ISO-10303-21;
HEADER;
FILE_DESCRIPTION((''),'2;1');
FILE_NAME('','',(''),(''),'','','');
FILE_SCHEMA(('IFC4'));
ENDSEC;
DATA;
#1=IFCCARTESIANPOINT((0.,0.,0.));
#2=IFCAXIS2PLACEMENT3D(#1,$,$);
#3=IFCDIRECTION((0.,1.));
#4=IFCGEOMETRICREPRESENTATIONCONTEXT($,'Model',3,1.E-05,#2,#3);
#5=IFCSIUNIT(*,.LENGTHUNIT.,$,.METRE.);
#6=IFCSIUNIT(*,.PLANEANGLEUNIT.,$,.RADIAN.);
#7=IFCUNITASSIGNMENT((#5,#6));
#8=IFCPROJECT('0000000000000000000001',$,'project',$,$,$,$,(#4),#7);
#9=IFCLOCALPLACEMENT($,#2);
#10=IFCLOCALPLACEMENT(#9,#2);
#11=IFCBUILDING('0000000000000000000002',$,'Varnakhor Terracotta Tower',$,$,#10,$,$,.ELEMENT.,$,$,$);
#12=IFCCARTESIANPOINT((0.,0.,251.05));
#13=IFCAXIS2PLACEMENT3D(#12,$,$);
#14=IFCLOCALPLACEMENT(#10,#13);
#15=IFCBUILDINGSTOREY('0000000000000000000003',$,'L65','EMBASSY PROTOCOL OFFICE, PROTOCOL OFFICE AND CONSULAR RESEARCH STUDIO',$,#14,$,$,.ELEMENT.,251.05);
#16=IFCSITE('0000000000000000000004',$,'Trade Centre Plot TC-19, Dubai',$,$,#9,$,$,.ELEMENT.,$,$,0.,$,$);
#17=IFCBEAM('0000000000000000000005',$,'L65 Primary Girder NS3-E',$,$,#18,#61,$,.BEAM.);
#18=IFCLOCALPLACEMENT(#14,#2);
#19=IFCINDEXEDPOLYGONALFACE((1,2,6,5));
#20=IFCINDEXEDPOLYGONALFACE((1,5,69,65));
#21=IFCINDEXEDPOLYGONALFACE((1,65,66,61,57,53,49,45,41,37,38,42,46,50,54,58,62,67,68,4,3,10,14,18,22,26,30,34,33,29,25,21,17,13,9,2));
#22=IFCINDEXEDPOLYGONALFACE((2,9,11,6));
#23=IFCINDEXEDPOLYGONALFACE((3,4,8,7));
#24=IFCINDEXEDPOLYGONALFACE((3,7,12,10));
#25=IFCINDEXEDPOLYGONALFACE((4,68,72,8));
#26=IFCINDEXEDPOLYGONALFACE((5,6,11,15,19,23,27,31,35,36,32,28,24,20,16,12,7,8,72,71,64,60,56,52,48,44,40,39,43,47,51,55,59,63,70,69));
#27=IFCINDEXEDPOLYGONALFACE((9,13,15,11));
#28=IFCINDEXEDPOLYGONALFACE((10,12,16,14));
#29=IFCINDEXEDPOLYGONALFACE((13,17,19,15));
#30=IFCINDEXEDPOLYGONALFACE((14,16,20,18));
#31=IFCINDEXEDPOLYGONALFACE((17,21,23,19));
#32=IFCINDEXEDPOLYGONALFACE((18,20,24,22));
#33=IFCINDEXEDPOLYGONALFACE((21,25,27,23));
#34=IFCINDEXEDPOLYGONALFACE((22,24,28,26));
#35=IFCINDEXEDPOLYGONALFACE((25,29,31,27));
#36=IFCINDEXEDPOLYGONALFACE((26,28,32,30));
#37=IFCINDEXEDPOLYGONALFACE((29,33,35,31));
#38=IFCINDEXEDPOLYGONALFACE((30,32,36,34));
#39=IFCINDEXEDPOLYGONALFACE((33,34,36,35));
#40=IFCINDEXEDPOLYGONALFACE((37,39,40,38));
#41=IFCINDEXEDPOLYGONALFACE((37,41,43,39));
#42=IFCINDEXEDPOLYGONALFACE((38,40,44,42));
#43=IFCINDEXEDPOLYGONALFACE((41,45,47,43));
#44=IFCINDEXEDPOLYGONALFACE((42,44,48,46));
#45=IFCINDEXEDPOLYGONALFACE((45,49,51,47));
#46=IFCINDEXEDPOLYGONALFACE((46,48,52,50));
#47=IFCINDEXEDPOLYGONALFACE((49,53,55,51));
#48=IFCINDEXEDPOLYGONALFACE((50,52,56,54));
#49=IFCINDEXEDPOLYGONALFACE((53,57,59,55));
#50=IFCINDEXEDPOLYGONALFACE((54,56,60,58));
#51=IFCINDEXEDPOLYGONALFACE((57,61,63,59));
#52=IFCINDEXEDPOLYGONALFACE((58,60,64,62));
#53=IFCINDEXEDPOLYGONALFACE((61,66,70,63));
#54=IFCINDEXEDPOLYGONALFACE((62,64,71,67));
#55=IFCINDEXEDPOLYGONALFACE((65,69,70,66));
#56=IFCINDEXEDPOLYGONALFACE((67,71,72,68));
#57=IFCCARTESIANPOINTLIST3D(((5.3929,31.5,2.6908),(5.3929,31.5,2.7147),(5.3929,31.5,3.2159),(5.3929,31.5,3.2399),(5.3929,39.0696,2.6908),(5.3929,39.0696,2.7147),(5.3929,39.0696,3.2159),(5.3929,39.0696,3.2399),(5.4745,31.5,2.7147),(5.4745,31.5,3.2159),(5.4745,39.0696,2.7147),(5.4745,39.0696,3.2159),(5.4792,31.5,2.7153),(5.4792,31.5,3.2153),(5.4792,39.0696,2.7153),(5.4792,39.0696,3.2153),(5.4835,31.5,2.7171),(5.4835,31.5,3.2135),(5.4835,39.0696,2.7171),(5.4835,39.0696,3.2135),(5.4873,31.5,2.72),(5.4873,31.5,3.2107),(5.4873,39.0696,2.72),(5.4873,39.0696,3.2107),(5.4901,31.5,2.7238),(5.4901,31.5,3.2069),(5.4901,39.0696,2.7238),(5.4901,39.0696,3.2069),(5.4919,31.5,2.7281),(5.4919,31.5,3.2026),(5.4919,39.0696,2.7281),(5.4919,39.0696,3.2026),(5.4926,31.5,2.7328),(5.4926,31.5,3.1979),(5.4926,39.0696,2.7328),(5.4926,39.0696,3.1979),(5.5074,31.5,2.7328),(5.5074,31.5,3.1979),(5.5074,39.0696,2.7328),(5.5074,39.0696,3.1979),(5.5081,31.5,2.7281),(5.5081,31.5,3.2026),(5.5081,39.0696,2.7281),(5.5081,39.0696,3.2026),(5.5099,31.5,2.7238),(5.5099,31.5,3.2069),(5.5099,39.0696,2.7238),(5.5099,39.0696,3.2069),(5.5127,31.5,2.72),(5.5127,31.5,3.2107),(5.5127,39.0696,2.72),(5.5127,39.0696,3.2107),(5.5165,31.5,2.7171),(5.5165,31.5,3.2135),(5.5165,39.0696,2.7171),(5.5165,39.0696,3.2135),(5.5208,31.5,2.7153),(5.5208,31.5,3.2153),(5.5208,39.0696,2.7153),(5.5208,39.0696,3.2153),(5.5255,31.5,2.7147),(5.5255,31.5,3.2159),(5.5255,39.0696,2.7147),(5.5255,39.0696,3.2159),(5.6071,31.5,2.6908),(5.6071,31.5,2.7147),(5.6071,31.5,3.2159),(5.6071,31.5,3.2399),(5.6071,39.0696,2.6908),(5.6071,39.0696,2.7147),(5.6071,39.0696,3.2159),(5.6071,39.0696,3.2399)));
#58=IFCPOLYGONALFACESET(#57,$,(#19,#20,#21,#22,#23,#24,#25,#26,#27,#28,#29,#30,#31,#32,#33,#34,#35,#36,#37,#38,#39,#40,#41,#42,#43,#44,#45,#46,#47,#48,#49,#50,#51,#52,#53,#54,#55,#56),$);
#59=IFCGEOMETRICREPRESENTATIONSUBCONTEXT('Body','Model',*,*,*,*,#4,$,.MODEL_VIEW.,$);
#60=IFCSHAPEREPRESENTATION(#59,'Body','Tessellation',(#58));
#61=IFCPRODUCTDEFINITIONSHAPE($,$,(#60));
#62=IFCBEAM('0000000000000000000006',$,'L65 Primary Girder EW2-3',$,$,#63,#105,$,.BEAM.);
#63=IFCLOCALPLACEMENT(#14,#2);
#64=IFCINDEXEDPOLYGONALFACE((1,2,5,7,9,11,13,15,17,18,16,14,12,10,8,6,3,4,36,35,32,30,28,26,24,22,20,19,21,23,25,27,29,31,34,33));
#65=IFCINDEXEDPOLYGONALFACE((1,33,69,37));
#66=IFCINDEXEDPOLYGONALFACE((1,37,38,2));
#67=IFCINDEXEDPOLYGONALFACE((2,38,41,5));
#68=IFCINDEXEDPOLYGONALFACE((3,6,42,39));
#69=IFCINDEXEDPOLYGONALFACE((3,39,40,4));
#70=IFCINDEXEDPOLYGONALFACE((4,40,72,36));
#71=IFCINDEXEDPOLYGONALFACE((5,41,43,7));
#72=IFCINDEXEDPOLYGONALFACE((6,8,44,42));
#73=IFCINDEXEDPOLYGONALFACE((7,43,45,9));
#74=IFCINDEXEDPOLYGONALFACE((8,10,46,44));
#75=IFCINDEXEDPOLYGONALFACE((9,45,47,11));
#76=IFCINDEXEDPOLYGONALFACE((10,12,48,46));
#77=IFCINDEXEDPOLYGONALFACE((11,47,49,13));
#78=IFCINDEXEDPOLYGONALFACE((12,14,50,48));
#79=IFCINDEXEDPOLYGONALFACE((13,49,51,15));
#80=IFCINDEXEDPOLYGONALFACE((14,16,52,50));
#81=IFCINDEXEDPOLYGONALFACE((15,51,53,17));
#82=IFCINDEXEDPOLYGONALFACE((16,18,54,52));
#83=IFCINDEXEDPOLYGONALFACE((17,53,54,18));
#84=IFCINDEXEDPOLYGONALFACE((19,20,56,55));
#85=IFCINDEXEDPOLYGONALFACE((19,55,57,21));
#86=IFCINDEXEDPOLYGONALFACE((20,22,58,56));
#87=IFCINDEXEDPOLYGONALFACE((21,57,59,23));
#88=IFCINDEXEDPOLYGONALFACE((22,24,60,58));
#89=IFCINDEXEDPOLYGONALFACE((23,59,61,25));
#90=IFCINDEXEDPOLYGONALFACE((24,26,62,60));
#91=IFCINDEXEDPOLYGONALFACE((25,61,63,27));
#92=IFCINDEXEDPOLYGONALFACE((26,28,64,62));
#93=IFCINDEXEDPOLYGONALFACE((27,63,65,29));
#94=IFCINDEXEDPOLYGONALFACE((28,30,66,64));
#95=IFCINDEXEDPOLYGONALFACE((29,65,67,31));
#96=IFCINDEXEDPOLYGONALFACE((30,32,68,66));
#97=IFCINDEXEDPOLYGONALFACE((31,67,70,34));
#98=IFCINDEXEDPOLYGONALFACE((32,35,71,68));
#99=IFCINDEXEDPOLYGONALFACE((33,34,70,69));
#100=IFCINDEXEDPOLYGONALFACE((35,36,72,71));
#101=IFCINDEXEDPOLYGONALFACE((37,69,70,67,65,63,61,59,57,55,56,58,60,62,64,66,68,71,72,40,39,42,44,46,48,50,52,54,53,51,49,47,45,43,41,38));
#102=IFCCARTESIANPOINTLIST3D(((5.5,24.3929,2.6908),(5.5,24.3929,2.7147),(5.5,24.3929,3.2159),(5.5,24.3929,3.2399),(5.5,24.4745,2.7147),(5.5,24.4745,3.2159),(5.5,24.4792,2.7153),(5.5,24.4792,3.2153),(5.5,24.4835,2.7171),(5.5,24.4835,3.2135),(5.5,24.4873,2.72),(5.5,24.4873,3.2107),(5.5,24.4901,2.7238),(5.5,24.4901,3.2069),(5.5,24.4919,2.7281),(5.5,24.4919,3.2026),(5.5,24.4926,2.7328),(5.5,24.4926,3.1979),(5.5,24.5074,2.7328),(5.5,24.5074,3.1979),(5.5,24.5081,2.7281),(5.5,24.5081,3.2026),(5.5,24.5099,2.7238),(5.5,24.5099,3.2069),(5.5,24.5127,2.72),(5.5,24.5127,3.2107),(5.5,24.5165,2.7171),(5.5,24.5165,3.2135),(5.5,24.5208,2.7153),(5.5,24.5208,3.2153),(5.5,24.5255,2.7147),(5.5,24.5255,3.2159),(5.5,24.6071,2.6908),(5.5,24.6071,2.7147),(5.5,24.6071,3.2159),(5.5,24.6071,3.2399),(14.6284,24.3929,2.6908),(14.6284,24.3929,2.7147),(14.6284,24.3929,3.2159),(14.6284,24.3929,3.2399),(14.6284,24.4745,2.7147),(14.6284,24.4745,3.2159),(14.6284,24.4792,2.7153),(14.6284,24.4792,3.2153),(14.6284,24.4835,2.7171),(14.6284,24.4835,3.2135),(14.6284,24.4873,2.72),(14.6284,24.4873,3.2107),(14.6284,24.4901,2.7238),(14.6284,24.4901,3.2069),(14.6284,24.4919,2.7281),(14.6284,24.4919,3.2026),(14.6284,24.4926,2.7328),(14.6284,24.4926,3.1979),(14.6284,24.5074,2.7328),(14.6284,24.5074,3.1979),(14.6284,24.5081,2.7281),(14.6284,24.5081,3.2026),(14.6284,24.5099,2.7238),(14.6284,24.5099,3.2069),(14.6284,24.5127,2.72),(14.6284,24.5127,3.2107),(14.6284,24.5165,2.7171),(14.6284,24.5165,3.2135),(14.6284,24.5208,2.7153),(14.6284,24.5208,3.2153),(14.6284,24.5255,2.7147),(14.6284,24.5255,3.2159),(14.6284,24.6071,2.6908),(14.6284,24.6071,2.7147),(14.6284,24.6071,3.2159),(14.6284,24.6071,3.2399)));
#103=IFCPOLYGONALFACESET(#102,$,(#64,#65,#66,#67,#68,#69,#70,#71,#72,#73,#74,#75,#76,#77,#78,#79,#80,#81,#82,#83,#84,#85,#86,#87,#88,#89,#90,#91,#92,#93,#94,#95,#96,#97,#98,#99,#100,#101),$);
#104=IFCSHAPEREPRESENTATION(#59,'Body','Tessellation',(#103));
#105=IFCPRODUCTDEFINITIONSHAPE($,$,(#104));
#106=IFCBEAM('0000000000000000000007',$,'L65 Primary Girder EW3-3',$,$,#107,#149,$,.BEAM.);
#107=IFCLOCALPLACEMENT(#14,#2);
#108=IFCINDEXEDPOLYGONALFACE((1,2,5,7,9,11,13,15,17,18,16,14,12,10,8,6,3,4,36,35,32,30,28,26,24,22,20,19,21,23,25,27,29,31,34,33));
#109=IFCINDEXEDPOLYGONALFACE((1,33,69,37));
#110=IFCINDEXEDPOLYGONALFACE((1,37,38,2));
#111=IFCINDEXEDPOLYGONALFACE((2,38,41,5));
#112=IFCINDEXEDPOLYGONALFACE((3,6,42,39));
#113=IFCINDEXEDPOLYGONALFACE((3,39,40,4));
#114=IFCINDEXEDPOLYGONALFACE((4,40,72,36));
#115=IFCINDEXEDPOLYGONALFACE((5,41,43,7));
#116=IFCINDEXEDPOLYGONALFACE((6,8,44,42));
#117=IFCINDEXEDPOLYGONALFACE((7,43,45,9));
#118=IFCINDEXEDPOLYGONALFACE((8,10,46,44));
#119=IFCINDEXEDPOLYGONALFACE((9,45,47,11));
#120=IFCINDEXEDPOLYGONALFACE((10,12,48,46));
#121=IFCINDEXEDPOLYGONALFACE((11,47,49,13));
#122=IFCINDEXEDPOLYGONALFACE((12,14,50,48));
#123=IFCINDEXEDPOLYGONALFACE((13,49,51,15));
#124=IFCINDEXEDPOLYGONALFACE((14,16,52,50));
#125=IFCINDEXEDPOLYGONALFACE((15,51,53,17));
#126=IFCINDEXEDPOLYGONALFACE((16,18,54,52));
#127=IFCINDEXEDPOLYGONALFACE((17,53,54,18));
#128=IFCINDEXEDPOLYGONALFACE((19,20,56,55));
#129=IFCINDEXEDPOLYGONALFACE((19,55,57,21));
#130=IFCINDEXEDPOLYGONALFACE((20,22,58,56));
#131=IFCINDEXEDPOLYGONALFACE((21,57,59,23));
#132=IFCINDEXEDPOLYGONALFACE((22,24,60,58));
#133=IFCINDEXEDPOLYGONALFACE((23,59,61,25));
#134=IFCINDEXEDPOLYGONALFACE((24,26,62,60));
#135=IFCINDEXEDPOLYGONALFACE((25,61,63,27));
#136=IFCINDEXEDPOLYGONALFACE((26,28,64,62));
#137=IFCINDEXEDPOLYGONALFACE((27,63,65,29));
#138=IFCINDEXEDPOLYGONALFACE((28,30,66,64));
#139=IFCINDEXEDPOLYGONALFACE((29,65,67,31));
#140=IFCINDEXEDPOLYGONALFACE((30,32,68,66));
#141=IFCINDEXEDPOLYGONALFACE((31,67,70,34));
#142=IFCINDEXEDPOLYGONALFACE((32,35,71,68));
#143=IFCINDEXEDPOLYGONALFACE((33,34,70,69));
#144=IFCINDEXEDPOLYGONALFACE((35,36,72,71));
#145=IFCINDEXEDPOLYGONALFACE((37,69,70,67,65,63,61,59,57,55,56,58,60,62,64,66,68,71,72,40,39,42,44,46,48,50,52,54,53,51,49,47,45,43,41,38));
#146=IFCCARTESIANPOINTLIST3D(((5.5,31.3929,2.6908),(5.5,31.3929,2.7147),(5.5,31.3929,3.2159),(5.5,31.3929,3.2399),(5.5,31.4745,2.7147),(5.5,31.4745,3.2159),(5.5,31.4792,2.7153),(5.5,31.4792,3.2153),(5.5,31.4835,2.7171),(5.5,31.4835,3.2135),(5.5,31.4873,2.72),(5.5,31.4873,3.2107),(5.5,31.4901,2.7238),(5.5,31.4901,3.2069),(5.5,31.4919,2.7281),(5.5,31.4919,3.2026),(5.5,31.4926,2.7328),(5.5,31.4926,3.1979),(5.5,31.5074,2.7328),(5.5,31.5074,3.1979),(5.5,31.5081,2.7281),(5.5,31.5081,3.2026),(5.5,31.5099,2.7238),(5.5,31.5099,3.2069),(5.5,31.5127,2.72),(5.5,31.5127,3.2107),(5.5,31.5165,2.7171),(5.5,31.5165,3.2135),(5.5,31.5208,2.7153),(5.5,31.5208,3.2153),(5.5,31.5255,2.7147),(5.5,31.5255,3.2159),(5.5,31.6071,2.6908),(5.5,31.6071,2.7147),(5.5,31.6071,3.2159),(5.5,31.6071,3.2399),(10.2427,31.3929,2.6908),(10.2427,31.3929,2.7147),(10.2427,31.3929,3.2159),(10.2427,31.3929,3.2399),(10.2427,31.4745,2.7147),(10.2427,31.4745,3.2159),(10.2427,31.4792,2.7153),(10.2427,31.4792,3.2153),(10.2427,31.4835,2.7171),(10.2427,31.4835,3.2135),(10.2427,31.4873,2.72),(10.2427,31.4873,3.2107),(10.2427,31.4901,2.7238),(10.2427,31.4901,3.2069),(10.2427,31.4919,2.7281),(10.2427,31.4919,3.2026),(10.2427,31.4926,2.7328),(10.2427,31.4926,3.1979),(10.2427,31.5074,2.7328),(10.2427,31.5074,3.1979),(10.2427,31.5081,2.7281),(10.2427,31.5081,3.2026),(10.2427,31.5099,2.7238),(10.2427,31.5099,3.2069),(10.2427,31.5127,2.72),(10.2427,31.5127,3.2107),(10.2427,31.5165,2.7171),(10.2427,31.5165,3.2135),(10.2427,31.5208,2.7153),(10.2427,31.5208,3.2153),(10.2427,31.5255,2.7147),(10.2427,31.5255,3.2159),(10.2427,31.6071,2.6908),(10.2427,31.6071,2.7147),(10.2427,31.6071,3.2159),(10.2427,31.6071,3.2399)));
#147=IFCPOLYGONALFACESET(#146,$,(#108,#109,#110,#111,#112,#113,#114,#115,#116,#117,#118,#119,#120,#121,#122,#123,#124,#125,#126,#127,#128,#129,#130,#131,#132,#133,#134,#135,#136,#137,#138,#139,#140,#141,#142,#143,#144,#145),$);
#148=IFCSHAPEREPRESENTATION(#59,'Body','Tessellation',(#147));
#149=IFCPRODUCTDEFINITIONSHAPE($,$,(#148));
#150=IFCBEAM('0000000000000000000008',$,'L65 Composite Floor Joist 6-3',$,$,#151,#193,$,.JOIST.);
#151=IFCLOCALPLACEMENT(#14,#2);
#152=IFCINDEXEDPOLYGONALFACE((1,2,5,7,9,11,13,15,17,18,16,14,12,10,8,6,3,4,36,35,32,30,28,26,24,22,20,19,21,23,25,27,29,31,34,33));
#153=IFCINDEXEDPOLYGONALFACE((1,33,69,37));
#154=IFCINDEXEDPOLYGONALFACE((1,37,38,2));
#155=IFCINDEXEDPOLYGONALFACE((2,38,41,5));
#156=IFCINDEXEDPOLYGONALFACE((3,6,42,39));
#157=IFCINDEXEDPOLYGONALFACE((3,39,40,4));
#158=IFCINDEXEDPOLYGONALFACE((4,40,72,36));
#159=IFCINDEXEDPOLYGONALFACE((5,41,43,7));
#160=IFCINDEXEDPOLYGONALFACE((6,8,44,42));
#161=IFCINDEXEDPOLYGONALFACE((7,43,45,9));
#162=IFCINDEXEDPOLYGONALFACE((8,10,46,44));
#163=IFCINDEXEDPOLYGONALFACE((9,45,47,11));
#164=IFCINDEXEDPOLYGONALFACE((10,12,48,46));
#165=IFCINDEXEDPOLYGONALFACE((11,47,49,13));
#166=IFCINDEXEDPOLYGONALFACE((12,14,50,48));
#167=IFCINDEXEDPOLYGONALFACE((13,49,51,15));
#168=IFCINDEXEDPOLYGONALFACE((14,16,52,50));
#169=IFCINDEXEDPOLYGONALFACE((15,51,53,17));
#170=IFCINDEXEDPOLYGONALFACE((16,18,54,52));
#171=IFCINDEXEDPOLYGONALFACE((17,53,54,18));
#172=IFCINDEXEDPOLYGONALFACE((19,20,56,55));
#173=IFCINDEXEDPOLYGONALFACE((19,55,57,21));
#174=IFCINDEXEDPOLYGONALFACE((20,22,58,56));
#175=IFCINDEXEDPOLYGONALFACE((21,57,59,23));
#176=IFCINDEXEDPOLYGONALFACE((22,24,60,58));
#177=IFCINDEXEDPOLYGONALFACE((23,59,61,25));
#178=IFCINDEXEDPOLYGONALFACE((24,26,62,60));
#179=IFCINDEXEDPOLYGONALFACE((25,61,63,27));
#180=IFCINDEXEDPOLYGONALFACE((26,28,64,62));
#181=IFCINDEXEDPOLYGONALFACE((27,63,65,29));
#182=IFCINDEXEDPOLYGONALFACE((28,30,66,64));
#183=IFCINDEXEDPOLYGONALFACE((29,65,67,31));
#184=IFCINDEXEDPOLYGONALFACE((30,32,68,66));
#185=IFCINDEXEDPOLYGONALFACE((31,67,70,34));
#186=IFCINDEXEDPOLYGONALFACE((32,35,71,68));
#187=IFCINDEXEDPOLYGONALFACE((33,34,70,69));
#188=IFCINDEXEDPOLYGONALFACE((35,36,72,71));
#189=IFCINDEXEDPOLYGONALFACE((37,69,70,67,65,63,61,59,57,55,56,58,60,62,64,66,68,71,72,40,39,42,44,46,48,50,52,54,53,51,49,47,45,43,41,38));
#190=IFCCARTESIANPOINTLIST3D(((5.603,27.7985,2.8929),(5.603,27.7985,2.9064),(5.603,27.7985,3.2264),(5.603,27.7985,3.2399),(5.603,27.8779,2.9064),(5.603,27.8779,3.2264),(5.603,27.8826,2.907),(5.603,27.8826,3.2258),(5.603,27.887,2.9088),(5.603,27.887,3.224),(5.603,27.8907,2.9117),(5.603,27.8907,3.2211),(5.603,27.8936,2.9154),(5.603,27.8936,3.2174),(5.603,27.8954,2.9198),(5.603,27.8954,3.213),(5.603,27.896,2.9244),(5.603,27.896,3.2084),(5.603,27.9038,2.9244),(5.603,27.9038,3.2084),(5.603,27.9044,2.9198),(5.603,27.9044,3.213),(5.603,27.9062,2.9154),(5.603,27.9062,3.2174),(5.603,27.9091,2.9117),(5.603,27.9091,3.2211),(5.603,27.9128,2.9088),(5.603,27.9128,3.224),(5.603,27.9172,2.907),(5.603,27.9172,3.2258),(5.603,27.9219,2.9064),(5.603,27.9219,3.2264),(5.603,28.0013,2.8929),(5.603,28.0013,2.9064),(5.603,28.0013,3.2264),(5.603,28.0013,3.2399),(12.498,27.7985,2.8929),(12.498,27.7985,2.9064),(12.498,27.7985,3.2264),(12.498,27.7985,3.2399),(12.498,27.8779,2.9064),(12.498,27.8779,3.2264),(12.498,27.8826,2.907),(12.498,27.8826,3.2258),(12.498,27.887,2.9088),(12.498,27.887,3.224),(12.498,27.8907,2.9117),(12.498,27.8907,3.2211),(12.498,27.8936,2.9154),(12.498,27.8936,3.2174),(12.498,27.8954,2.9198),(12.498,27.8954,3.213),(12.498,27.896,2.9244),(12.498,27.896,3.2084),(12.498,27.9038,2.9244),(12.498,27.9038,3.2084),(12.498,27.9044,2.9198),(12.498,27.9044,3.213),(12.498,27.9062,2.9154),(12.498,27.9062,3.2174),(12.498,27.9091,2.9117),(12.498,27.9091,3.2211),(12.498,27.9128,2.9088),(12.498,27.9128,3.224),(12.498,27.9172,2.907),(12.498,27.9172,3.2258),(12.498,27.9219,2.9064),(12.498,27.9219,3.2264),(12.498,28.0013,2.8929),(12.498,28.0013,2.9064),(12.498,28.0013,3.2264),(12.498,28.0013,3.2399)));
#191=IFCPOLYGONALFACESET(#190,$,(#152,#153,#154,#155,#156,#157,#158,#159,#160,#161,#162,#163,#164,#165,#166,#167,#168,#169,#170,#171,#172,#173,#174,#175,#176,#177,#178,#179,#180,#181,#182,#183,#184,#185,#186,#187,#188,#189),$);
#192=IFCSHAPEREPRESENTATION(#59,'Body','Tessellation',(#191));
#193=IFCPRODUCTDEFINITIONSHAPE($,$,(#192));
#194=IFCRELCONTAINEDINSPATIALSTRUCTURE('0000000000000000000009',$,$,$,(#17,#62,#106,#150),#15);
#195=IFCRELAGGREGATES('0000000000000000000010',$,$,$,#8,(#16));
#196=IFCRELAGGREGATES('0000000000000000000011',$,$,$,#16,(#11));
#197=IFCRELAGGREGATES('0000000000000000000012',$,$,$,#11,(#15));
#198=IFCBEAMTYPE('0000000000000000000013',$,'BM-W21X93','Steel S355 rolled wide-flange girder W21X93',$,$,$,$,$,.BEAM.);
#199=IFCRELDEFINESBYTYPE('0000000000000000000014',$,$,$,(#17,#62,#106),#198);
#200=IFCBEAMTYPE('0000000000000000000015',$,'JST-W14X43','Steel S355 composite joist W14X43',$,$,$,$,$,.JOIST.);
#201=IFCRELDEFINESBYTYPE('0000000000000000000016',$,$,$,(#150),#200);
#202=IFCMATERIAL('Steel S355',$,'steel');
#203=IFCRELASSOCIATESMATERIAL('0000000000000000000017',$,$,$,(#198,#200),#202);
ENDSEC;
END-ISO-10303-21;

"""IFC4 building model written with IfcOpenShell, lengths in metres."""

from ifc_helpers import new_model, si_unit, direction, frame, origin, origin_2d, place, context, subcontext, project, spatial, i_section, extrude, source, transform, mapped, material, material_profile, profile_set, type_object, element, save


model = new_model("IFC4")

# Units and contexts
model_context = context("Model", 3, precision=1e-05, world=origin(), true_north=direction((0.0, 1.0)))
body_context = subcontext(model_context, "Body", "Model", "MODEL_VIEW")
ifc_project = project(units=[si_unit("LENGTHUNIT", "METRE"), si_unit("PLANEANGLEUNIT", "RADIAN")], contexts=[model_context])

# Site, building, storey
site_placement = place(None, origin())
site = spatial("IfcSite", under=ifc_project, at=site_placement, Name="Trade Centre Plot TC-19, Dubai", CompositionType="ELEMENT", RefElevation=0.0)
building_placement = place(site_placement, origin())
building = spatial("IfcBuilding", under=site, at=building_placement, Name="Varnakhor Terracotta Tower", CompositionType="ELEMENT")
storey_placement = place(building_placement, frame((0.0, 0.0, 251.05)))
storey = spatial("IfcBuildingStorey", under=building, at=storey_placement, Name="L65", Description="EMBASSY PROTOCOL OFFICE, PROTOCOL OFFICE AND CONSULAR RESEARCH STUDIO", CompositionType="ELEMENT", Elevation=251.05)

# Beams
ifc_material_1 = material(Name="Steel S355", Category="steel")
ifc_material_profile_1 = material_profile(ifc_material_1, i_section(OverallWidth=0.2141, OverallDepth=0.5491, WebThickness=0.0149, FlangeThickness=0.0239, FilletRadius=0.0181, at=origin_2d()), Name="W21X93")
ifc_profile_set_1 = profile_set([ifc_material_profile_1], Name="Steel S355")
beam_type_1 = type_object("IfcBeamType", Name="BM-W21X93", Description="Steel S355 rolled wide-flange girder W21X93", PredefinedType="BEAM", material=ifc_profile_set_1)
shared_shape_1 = source(origin(), body_context, "Body", "SweptSolid", [
    extrude(i_section(OverallWidth=0.2141, OverallDepth=0.5491, WebThickness=0.0149, FlangeThickness=0.0239, FilletRadius=0.0181, at=origin_2d()), origin(), (0.0, 0.0, 1.0), 7.5696),
])
beam_1_placement = place(storey_placement, frame((5.5, 31.5, 2.9653), z_axis=(0.0, 1.0, 0.0), x_axis=(-1.0, 0.0, 0.0)))
element("IfcBeam", 1, at=beam_1_placement, inside=storey, type_object=beam_type_1, Name="L65 Primary Girder NS3-E", PredefinedType="BEAM", context=body_context, shape_type="MappedRepresentation", body=[
    mapped(shared_shape_1, transform((0.0, 0.0, 0.0), scale=1.0)),
])
shared_shape_2 = source(origin(), body_context, "Body", "SweptSolid", [
    extrude(i_section(OverallWidth=0.2141, OverallDepth=0.5491, WebThickness=0.0149, FlangeThickness=0.0239, FilletRadius=0.0181, at=origin_2d()), origin(), (0.0, 0.0, 1.0), 9.1284),
])
beam_2_placement = place(storey_placement, frame((5.5, 24.5, 2.9653), z_axis=(1.0, 0.0, 0.0), x_axis=(0.0, 1.0, 0.0)))
element("IfcBeam", 2, at=beam_2_placement, inside=storey, type_object=beam_type_1, Name="L65 Primary Girder EW2-3", PredefinedType="BEAM", context=body_context, shape_type="MappedRepresentation", body=[
    mapped(shared_shape_2, transform((0.0, 0.0, 0.0), scale=1.0)),
])
shared_shape_3 = source(origin(), body_context, "Body", "SweptSolid", [
    extrude(i_section(OverallWidth=0.2141, OverallDepth=0.5491, WebThickness=0.0149, FlangeThickness=0.0239, FilletRadius=0.0181, at=origin_2d()), origin(), (0.0, 0.0, 1.0), 4.7427),
])
beam_3_placement = place(storey_placement, frame((5.5, 31.5, 2.9653), z_axis=(1.0, 0.0, 0.0), x_axis=(0.0, 1.0, 0.0)))
element("IfcBeam", 3, at=beam_3_placement, inside=storey, type_object=beam_type_1, Name="L65 Primary Girder EW3-3", PredefinedType="BEAM", context=body_context, shape_type="MappedRepresentation", body=[
    mapped(shared_shape_3, transform((0.0, 0.0, 0.0), scale=1.0)),
])
ifc_material_profile_2 = material_profile(ifc_material_1, i_section(OverallWidth=0.2029, OverallDepth=0.3469, WebThickness=0.0078, FlangeThickness=0.0134, FilletRadius=0.0181, at=origin_2d()), Name="W14X43")
ifc_profile_set_2 = profile_set([ifc_material_profile_2], Name="Steel S355")
beam_type_2 = type_object("IfcBeamType", Name="JST-W14X43", Description="Steel S355 composite joist W14X43", PredefinedType="JOIST", material=ifc_profile_set_2)
shared_shape_4 = source(origin(), body_context, "Body", "SweptSolid", [
    extrude(i_section(OverallWidth=0.2029, OverallDepth=0.3469, WebThickness=0.0078, FlangeThickness=0.0134, FilletRadius=0.0181, at=origin_2d()), origin(), (0.0, 0.0, 1.0), 6.895),
])
beam_4_placement = place(storey_placement, frame((5.603, 27.8999, 3.0664), z_axis=(1.0, 0.0, 0.0), x_axis=(0.0, 1.0, 0.0)))
element("IfcBeam", 4, at=beam_4_placement, inside=storey, type_object=beam_type_2, Name="L65 Composite Floor Joist 6-3", PredefinedType="JOIST", context=body_context, shape_type="MappedRepresentation", body=[
    mapped(shared_shape_4, transform((0.0, 0.0, 0.0), scale=1.0)),
])

save(model, "model.ifc")
